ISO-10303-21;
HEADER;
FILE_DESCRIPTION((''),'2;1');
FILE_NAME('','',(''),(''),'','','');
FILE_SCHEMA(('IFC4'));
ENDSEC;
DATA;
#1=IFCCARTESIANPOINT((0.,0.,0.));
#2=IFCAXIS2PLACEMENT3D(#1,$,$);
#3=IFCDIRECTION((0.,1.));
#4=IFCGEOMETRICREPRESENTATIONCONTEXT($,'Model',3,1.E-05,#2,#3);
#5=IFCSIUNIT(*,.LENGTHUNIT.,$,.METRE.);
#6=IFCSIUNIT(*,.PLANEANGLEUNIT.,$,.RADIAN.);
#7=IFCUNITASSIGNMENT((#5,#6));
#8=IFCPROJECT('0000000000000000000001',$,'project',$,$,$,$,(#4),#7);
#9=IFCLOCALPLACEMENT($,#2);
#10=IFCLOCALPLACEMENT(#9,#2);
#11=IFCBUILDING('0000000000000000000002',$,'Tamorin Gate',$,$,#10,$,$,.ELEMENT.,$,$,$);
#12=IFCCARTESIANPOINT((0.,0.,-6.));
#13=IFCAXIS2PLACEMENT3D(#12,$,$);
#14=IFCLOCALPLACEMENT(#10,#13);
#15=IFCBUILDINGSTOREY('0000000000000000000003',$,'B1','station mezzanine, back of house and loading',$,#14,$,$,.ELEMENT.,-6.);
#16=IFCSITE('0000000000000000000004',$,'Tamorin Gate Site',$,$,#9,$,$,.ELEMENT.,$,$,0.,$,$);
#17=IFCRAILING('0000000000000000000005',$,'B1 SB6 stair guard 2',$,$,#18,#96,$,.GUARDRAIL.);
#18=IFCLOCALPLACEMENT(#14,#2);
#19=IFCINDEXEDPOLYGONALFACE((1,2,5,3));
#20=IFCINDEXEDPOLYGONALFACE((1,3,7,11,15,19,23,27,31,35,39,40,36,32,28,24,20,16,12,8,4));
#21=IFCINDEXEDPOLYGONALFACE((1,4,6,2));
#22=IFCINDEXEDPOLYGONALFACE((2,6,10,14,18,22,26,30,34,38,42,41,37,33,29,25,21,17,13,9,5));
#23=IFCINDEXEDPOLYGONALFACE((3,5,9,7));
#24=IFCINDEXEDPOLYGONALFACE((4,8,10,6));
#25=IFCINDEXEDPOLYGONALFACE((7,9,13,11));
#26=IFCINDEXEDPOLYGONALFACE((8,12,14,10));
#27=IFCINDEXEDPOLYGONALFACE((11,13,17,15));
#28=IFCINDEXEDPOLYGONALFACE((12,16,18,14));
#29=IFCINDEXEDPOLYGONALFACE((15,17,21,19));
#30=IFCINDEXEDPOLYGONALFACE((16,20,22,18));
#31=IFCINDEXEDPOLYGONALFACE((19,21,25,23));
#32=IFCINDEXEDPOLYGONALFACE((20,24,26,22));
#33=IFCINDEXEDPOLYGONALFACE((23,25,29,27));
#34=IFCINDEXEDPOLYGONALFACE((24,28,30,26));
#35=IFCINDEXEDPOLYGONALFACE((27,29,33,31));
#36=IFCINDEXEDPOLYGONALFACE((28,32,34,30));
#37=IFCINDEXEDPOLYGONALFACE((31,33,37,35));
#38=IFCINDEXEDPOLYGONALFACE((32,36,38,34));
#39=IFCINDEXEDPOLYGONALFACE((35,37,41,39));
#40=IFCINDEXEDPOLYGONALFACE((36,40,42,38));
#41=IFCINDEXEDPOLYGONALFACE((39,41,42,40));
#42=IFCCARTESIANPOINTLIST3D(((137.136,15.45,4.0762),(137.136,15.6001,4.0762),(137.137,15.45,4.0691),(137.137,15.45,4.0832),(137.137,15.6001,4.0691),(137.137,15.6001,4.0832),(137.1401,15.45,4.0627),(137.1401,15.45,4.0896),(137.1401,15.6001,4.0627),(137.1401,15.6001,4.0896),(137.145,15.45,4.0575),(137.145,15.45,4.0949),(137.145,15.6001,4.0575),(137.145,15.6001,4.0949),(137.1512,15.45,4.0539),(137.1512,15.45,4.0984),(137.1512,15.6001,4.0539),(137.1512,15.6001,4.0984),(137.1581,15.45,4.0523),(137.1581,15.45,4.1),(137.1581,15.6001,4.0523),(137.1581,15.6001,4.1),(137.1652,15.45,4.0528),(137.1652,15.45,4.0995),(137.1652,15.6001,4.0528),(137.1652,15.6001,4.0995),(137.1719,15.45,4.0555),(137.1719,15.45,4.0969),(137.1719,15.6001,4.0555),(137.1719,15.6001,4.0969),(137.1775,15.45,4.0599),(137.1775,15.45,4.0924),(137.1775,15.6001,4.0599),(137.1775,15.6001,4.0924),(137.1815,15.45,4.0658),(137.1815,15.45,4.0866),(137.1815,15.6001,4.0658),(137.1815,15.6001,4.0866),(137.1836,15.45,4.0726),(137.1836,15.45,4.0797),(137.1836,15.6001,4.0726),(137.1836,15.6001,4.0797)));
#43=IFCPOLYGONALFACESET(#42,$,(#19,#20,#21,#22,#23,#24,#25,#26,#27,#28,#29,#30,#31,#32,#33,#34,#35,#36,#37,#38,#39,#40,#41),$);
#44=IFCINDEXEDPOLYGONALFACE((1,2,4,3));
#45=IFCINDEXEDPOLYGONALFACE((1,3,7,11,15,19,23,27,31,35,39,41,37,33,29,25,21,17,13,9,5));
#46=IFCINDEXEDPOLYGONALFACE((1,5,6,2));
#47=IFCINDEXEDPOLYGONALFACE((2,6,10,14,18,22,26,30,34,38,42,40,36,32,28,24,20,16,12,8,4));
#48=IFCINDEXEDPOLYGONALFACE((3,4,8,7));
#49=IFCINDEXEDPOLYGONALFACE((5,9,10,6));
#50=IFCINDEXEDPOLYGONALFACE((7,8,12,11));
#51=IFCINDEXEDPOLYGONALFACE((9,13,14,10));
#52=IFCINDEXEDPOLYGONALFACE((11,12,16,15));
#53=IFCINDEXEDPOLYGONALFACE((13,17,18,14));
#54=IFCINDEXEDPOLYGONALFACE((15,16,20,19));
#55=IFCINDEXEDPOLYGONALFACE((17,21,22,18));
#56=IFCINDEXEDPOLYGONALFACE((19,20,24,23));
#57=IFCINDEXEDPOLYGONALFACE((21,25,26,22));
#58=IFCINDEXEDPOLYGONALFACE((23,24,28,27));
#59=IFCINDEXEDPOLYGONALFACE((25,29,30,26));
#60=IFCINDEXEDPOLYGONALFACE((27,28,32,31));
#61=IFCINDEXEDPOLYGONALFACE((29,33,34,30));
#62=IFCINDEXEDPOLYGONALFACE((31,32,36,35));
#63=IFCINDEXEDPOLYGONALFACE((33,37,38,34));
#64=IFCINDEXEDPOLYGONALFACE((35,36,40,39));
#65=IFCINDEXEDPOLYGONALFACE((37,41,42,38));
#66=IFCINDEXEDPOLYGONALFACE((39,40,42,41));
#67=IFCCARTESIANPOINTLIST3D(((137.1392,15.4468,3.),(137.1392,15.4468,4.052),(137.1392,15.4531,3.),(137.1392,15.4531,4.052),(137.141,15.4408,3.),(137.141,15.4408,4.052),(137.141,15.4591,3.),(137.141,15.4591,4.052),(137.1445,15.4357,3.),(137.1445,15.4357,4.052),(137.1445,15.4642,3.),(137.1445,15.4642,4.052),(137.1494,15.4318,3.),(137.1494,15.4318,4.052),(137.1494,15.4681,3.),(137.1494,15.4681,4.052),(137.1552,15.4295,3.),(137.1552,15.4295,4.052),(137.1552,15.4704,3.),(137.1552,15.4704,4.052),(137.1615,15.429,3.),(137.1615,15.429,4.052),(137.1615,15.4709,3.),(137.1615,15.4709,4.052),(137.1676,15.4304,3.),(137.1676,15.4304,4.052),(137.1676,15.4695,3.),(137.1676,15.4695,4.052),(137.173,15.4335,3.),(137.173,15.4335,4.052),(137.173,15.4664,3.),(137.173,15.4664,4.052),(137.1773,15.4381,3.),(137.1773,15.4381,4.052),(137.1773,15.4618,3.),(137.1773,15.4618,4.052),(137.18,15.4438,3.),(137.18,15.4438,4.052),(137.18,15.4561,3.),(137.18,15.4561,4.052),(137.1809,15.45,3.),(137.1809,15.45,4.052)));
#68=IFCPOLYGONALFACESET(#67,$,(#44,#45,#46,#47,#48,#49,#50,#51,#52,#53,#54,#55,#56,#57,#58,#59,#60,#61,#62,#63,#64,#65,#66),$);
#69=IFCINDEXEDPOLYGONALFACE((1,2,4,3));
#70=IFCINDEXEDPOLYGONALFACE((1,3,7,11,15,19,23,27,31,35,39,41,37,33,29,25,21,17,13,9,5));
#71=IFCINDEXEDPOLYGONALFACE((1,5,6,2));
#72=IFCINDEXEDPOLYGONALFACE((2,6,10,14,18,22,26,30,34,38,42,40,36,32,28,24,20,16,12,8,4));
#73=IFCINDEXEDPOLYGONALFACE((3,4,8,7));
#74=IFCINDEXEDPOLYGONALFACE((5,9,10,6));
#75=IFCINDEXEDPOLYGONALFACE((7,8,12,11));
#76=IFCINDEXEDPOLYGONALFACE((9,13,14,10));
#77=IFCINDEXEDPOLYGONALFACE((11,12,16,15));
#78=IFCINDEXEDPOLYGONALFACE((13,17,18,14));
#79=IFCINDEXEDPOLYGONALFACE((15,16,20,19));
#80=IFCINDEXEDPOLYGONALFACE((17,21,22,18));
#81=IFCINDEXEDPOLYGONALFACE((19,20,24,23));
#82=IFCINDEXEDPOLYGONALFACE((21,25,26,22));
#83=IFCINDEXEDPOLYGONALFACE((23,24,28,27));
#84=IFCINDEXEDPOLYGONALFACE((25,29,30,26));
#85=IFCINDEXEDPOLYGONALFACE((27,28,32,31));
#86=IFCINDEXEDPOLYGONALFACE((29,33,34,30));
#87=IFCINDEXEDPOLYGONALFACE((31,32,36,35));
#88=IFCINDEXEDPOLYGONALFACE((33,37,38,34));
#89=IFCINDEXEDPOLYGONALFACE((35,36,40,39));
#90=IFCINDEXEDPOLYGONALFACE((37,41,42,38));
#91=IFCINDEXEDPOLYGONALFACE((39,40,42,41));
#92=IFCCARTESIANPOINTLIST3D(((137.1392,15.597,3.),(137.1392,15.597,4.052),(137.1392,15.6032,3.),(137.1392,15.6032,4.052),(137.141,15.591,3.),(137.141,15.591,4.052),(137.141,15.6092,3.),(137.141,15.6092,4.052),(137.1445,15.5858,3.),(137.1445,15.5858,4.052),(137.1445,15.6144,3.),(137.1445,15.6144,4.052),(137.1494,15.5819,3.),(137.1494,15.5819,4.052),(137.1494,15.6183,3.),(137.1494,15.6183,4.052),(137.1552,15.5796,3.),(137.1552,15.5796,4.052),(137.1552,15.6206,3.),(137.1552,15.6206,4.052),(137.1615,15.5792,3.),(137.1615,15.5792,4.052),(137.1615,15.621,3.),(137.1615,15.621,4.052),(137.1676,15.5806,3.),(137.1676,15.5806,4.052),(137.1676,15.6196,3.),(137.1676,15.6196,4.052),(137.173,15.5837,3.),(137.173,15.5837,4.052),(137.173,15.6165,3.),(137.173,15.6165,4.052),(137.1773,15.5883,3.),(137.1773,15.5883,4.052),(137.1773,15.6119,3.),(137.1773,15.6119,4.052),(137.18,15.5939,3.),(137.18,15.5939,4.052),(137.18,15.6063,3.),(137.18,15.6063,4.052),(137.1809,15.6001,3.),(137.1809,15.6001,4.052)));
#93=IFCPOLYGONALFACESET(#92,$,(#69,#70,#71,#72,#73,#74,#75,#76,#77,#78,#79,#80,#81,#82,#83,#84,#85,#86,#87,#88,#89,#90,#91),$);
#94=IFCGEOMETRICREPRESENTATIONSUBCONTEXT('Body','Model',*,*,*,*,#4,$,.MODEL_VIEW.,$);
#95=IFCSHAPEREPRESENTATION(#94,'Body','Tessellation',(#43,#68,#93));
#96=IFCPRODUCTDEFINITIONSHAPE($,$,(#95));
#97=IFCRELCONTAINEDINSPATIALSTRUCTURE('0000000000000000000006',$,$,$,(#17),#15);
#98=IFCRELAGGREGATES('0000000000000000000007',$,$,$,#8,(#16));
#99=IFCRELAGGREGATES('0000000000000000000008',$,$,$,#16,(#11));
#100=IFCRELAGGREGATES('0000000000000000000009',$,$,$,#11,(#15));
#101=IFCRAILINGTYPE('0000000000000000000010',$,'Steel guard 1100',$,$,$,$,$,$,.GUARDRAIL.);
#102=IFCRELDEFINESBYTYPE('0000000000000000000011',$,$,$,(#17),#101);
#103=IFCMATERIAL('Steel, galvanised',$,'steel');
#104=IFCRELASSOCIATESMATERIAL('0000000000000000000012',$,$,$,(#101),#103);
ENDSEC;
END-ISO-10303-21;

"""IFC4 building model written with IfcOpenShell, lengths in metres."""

from ifc_helpers import new_model, si_unit, direction, frame, origin, origin_2d, place, context, subcontext, project, spatial, circle, extrude, material, type_object, element, save


model = new_model("IFC4")

# Units and contexts
model_context = context("Model", 3, precision=1e-05, world=origin(), true_north=direction((0.0, 1.0)))
body_context = subcontext(model_context, "Body", "Model", "MODEL_VIEW")
ifc_project = project(units=[si_unit("LENGTHUNIT", "METRE"), si_unit("PLANEANGLEUNIT", "RADIAN")], contexts=[model_context])

# Site, building, storey
site_placement = place(None, origin())
site = spatial("IfcSite", under=ifc_project, at=site_placement, Name="Tamorin Gate Site", CompositionType="ELEMENT", RefElevation=0.0)
building_placement = place(site_placement, origin())
building = spatial("IfcBuilding", under=site, at=building_placement, Name="Tamorin Gate", CompositionType="ELEMENT")
storey_placement = place(building_placement, frame((0.0, 0.0, -6.0)))
storey = spatial("IfcBuildingStorey", under=building, at=storey_placement, Name="B1", Description="station mezzanine, back of house and loading", CompositionType="ELEMENT", Elevation=-6.0)

# Railing
ifc_material_1 = material(Name="Steel, galvanised", Category="steel")
railing_type_1 = type_object("IfcRailingType", Name="Steel guard 1100", PredefinedType="GUARDRAIL", material=ifc_material_1)
railing_1_placement = place(storey_placement, frame((137.1599, 15.45, 3.0)))
element("IfcRailing", 1, at=railing_1_placement, inside=storey, type_object=railing_type_1, Name="B1 SB6 stair guard 2", PredefinedType="GUARDRAIL", context=body_context, shape_type="SweptSolid", body=[
    extrude(circle(Radius=0.0239, at=origin_2d()), frame((0.0, 0.0, 1.0762), z_axis=(0.0, 1.0, 0.0), x_axis=(-1.0, 0.0, 0.0)), (0.0, 0.0, 1.0), 0.1501),
    extrude(circle(Radius=0.021, at=origin_2d()), origin(), (0.0, 0.0, 1.0), 1.052),
    extrude(circle(Radius=0.021, at=origin_2d()), frame((0.0, 0.1501, 0.0)), (0.0, 0.0, 1.0), 1.052),
])

save(model, "model.ifc")
